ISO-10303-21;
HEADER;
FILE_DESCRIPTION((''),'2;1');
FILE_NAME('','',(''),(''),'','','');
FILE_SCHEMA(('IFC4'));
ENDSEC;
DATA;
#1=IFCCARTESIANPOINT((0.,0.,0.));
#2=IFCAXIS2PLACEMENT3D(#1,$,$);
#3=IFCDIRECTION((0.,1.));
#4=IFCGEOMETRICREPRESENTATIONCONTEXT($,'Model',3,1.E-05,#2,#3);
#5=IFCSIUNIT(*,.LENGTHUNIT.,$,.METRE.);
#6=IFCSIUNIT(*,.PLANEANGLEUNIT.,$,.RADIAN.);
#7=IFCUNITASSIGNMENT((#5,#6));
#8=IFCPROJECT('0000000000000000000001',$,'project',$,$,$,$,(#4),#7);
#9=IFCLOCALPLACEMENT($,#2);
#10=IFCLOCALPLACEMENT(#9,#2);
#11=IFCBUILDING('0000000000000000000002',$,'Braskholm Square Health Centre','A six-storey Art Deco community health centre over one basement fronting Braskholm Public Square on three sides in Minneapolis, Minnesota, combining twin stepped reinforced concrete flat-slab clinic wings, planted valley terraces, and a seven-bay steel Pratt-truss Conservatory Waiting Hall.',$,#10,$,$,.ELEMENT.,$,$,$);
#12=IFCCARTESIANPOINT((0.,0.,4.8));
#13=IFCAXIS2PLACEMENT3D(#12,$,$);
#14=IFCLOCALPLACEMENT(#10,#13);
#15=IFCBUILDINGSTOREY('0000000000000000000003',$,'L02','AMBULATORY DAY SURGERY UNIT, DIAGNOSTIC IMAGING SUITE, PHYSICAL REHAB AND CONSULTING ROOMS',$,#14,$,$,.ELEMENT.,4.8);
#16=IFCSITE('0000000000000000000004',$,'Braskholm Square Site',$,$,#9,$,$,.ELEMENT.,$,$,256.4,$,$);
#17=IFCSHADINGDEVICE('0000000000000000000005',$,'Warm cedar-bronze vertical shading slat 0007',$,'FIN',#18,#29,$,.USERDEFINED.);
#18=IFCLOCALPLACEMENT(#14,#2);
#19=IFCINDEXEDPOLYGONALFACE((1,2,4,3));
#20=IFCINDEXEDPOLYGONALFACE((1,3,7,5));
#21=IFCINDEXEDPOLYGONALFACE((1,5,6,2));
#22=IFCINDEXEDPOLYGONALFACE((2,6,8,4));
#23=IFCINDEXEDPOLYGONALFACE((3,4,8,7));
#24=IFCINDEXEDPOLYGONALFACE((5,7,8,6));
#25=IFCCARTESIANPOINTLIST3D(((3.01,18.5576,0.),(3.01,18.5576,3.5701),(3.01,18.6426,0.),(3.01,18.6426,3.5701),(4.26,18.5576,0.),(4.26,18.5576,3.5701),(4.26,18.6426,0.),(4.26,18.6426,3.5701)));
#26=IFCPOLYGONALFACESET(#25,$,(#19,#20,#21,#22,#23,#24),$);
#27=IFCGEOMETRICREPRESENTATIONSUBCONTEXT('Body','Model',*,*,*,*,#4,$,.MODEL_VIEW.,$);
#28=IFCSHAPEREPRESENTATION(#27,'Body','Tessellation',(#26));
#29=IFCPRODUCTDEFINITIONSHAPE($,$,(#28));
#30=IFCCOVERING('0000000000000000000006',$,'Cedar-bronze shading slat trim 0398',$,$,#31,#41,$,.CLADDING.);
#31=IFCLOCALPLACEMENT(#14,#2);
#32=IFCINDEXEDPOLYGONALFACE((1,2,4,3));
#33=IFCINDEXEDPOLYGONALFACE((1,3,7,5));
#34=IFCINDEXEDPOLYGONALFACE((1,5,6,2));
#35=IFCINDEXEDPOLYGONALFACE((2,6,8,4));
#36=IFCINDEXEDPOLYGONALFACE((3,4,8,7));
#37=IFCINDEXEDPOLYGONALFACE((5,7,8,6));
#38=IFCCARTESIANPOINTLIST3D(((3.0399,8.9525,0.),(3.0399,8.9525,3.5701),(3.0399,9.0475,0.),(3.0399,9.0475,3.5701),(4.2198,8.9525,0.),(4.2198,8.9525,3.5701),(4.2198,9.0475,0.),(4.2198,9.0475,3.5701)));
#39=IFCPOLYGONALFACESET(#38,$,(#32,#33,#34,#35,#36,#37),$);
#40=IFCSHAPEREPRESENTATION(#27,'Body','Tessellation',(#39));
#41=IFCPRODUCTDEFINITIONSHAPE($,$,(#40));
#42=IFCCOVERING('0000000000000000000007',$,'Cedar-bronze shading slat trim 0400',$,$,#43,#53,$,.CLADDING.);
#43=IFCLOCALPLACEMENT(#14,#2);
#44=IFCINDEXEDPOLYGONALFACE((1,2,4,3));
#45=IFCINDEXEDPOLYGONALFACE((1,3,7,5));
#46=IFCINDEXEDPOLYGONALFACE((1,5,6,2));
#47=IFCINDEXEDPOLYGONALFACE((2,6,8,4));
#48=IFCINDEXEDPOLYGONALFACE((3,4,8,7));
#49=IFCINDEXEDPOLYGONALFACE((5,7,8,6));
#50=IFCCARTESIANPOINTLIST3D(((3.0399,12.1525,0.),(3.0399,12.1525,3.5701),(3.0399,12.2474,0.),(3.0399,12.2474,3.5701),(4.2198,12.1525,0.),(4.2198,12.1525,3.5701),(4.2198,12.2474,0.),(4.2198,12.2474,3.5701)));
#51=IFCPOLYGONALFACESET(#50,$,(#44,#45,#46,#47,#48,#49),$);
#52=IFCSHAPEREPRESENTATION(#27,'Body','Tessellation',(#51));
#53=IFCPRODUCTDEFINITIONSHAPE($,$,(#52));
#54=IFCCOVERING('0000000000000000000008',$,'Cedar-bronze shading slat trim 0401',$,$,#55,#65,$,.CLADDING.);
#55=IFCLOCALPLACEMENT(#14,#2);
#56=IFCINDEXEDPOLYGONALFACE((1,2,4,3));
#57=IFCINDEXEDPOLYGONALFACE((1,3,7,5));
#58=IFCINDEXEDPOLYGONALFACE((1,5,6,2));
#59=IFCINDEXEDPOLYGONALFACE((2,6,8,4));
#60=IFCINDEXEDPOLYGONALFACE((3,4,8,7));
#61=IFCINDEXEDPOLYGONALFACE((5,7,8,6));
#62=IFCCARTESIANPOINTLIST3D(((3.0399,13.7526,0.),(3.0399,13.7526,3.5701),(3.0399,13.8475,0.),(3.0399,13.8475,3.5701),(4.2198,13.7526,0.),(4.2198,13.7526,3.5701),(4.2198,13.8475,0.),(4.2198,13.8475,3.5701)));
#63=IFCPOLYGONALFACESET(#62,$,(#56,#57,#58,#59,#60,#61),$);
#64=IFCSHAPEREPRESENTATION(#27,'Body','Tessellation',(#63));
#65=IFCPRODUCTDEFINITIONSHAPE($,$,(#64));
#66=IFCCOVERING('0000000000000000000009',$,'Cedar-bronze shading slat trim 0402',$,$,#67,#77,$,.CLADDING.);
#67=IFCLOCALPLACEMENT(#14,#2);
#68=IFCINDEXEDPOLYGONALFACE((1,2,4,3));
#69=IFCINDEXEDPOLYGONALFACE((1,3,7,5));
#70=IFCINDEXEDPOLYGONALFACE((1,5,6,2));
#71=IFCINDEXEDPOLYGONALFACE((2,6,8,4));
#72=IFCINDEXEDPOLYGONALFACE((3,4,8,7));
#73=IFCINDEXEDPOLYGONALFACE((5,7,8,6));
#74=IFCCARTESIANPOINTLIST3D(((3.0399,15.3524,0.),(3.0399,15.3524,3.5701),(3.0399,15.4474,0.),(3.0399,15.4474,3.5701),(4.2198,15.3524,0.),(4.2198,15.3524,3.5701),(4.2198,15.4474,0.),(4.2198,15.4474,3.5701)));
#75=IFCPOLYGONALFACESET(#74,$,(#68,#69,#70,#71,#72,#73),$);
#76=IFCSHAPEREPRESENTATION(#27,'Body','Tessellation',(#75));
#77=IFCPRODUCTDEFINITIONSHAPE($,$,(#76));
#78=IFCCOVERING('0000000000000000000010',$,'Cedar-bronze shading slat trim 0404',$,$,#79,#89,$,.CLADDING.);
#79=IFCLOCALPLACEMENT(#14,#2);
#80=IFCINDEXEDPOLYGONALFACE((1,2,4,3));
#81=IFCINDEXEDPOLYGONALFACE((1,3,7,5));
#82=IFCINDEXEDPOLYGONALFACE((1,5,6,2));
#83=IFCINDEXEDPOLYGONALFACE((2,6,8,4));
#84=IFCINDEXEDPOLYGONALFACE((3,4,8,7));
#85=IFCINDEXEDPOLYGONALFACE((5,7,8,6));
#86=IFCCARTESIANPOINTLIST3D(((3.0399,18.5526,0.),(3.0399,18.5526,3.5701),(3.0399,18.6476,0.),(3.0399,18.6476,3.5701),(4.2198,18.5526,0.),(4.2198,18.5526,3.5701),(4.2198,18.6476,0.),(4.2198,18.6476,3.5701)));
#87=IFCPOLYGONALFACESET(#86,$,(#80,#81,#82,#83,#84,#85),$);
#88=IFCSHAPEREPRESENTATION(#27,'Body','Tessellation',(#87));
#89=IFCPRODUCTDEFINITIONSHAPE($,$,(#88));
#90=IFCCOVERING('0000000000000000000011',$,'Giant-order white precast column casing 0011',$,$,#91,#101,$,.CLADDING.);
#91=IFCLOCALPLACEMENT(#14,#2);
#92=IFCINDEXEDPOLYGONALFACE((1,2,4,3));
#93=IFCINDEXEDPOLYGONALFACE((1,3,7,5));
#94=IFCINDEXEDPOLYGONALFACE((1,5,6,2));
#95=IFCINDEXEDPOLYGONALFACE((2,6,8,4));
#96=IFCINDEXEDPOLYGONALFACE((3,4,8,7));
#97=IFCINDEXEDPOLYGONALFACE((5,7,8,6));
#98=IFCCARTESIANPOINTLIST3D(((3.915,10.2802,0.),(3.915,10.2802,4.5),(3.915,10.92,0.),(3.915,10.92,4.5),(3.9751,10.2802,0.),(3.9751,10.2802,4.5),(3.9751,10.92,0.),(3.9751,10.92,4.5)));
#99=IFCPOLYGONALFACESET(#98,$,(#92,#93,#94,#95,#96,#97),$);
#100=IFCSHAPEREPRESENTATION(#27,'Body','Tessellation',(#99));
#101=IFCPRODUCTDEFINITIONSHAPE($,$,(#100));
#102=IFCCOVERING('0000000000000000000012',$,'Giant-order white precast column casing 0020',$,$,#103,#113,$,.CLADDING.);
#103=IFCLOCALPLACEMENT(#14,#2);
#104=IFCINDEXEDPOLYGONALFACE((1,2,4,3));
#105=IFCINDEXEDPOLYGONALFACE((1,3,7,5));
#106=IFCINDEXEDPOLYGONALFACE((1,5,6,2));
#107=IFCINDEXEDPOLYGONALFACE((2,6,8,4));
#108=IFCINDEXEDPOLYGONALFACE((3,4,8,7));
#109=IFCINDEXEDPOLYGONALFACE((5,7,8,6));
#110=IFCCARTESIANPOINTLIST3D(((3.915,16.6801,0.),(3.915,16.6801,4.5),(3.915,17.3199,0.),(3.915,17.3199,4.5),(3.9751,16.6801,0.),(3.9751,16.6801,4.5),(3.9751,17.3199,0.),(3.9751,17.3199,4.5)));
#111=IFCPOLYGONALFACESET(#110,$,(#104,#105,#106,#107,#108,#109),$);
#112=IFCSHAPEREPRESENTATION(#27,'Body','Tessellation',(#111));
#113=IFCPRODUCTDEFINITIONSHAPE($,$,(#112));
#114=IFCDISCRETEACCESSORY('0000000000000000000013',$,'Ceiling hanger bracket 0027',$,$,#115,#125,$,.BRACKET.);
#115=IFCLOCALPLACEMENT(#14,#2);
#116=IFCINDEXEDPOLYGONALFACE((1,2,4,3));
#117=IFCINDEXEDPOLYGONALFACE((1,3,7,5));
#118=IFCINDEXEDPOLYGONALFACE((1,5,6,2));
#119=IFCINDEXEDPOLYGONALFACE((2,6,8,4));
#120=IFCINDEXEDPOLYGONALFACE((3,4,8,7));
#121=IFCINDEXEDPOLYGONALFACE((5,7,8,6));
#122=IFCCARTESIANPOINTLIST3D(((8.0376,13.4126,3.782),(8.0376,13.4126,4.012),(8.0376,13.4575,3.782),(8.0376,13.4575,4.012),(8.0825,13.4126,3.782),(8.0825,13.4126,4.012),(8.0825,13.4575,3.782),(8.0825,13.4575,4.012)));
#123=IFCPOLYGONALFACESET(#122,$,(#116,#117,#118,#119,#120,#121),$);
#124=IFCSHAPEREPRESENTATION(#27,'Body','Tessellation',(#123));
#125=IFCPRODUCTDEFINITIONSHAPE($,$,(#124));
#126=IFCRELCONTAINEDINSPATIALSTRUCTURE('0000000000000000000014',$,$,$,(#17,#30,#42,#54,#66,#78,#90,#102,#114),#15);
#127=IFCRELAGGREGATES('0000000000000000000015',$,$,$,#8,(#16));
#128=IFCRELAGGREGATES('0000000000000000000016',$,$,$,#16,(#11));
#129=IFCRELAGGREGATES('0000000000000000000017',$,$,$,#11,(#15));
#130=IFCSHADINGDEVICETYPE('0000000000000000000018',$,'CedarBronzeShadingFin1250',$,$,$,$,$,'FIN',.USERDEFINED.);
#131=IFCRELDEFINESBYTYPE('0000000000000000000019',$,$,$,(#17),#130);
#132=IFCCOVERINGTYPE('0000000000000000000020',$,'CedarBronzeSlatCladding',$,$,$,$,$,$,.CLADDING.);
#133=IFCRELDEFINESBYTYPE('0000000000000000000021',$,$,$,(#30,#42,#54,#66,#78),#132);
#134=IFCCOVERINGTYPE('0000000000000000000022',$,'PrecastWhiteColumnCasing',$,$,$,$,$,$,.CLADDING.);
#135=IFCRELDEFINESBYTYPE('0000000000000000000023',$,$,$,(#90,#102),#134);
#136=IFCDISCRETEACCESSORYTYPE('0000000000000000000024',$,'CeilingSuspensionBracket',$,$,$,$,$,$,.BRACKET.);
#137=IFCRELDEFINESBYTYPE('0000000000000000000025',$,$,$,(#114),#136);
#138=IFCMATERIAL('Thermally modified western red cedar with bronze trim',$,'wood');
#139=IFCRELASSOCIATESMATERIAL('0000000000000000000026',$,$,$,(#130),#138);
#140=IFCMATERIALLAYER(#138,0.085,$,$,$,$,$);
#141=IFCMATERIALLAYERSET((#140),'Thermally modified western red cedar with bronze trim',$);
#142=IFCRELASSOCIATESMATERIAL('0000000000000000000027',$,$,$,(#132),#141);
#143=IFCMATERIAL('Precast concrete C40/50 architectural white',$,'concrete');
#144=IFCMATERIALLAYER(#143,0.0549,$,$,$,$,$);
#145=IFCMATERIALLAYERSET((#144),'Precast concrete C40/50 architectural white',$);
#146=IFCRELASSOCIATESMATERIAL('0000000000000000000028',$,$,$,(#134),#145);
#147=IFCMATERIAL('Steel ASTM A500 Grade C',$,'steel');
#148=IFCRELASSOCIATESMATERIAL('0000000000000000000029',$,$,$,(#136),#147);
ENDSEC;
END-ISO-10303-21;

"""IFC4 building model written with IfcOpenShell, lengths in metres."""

from ifc_helpers import new_model, si_unit, direction, frame, origin, origin_2d, place, context, subcontext, project, spatial, rectangle, extrude, material, layer, layer_set, type_object, element, save


model = new_model("IFC4")

# Units and contexts
model_context = context("Model", 3, precision=1e-05, world=origin(), true_north=direction((0.0, 1.0)))
body_context = subcontext(model_context, "Body", "Model", "MODEL_VIEW")
ifc_project = project(units=[si_unit("LENGTHUNIT", "METRE"), si_unit("PLANEANGLEUNIT", "RADIAN")], contexts=[model_context])

# Site, building, storey
site_placement = place(None, origin())
site = spatial("IfcSite", under=ifc_project, at=site_placement, Name="Braskholm Square Site", CompositionType="ELEMENT", RefElevation=256.4)
building_placement = place(site_placement, origin())
building = spatial("IfcBuilding", under=site, at=building_placement, Name="Braskholm Square Health Centre", Description="A six-storey Art Deco community health centre over one basement fronting Braskholm Public Square on three sides in Minneapolis, Minnesota, combining twin stepped reinforced concrete flat-slab clinic wings, planted valley terraces, and a seven-bay steel Pratt-truss Conservatory Waiting Hall.", CompositionType="ELEMENT")
storey_placement = place(building_placement, frame((0.0, 0.0, 4.8)))
storey = spatial("IfcBuildingStorey", under=building, at=storey_placement, Name="L02", Description="AMBULATORY DAY SURGERY UNIT, DIAGNOSTIC IMAGING SUITE, PHYSICAL REHAB AND CONSULTING ROOMS", CompositionType="ELEMENT", Elevation=4.8)

# Shared definitions
ifc_material_1 = material(Name="Precast concrete C40/50 architectural white", Category="concrete")

# Shading device
ifc_material_2 = material(Name="Thermally modified western red cedar with bronze trim", Category="wood")
shading_device_type = type_object("IfcShadingDeviceType", Name="CedarBronzeShadingFin1250", ElementType="FIN", PredefinedType="USERDEFINED", material=ifc_material_2)
for number, where, z_axis, x_axis, name in (
    (1, (3.635, 18.6001, 0.0), (0.0, 0.0, 1.0), (1.0, 0.0, 0.0), "Warm cedar-bronze vertical shading slat 0007"),
):
    element("IfcShadingDevice", number, at=place(storey_placement, frame(where, z_axis=z_axis, x_axis=x_axis)), inside=storey, type_object=shading_device_type, Name=name, ObjectType="FIN", PredefinedType="USERDEFINED", context=body_context, shape_type="SweptSolid", body=[
        extrude(rectangle(XDim=1.25, YDim=0.085, at=origin_2d()), origin(), (0.0, 0.0, 1.0), 3.5701),
    ])

# Coverings
ifc_layer_1 = layer(ifc_material_2, 0.085)
ifc_layer_set_1 = layer_set([ifc_layer_1], Name="Thermally modified western red cedar with bronze trim")
covering_type_1 = type_object("IfcCoveringType", Name="CedarBronzeSlatCladding", PredefinedType="CLADDING", material=ifc_layer_set_1)
for number, where, z_axis, x_axis, name in (
    (2, (3.6299, 9.0, 0.0), (0.0, 0.0, 1.0), (1.0, 0.0, 0.0), "Cedar-bronze shading slat trim 0398"),
    (3, (3.6299, 12.2, 0.0), (0.0, 0.0, 1.0), (1.0, 0.0, 0.0), "Cedar-bronze shading slat trim 0400"),
    (4, (3.6299, 13.8, 0.0), (0.0, 0.0, 1.0), (1.0, 0.0, 0.0), "Cedar-bronze shading slat trim 0401"),
    (5, (3.6299, 15.3999, 0.0), (0.0, 0.0, 1.0), (1.0, 0.0, 0.0), "Cedar-bronze shading slat trim 0402"),
    (6, (3.6299, 18.6001, 0.0), (0.0, 0.0, 1.0), (1.0, 0.0, 0.0), "Cedar-bronze shading slat trim 0404"),
):
    element("IfcCovering", number, at=place(storey_placement, frame(where, z_axis=z_axis, x_axis=x_axis)), inside=storey, type_object=covering_type_1, Name=name, PredefinedType="CLADDING", context=body_context, shape_type="SweptSolid", body=[
        extrude(rectangle(XDim=1.1799, YDim=0.095, at=origin_2d()), origin(), (0.0, 0.0, 1.0), 3.5701),
    ])
ifc_layer_2 = layer(ifc_material_1, 0.0549)
ifc_layer_set_2 = layer_set([ifc_layer_2], Name="Precast concrete C40/50 architectural white")
covering_type_2 = type_object("IfcCoveringType", Name="PrecastWhiteColumnCasing", PredefinedType="CLADDING", material=ifc_layer_set_2)
for number, where, z_axis, x_axis, name in (
    (7, (3.9451, 10.6001, 0.0), (0.0, 0.0, 1.0), (1.0, 0.0, 0.0), "Giant-order white precast column casing 0011"),
    (8, (3.9451, 17.0, 0.0), (0.0, 0.0, 1.0), (1.0, 0.0, 0.0), "Giant-order white precast column casing 0020"),
):
    element("IfcCovering", number, at=place(storey_placement, frame(where, z_axis=z_axis, x_axis=x_axis)), inside=storey, type_object=covering_type_2, Name=name, PredefinedType="CLADDING", context=body_context, shape_type="SweptSolid", body=[
        extrude(rectangle(XDim=0.0601, YDim=0.6399, at=origin_2d()), origin(), (0.0, 0.0, 1.0), 4.5),
    ])

# Discrete accessory
ifc_material_3 = material(Name="Steel ASTM A500 Grade C", Category="steel")
discrete_accessory_type = type_object("IfcDiscreteAccessoryType", Name="CeilingSuspensionBracket", PredefinedType="BRACKET", material=ifc_material_3)
discrete_accessory_placement = place(storey_placement, frame((8.0601, 13.4351, 3.782), z_axis=(0.0, 0.0, 1.0), x_axis=(1.0, 0.0, 0.0)))
element("IfcDiscreteAccessory", 9, at=discrete_accessory_placement, inside=storey, type_object=discrete_accessory_type, Name="Ceiling hanger bracket 0027", PredefinedType="BRACKET", context=body_context, shape_type="SweptSolid", body=[
    extrude(rectangle(XDim=0.0449, YDim=0.0449, at=origin_2d()), origin(), (0.0, 0.0, 1.0), 0.23),
])

save(model, "model.ifc")
